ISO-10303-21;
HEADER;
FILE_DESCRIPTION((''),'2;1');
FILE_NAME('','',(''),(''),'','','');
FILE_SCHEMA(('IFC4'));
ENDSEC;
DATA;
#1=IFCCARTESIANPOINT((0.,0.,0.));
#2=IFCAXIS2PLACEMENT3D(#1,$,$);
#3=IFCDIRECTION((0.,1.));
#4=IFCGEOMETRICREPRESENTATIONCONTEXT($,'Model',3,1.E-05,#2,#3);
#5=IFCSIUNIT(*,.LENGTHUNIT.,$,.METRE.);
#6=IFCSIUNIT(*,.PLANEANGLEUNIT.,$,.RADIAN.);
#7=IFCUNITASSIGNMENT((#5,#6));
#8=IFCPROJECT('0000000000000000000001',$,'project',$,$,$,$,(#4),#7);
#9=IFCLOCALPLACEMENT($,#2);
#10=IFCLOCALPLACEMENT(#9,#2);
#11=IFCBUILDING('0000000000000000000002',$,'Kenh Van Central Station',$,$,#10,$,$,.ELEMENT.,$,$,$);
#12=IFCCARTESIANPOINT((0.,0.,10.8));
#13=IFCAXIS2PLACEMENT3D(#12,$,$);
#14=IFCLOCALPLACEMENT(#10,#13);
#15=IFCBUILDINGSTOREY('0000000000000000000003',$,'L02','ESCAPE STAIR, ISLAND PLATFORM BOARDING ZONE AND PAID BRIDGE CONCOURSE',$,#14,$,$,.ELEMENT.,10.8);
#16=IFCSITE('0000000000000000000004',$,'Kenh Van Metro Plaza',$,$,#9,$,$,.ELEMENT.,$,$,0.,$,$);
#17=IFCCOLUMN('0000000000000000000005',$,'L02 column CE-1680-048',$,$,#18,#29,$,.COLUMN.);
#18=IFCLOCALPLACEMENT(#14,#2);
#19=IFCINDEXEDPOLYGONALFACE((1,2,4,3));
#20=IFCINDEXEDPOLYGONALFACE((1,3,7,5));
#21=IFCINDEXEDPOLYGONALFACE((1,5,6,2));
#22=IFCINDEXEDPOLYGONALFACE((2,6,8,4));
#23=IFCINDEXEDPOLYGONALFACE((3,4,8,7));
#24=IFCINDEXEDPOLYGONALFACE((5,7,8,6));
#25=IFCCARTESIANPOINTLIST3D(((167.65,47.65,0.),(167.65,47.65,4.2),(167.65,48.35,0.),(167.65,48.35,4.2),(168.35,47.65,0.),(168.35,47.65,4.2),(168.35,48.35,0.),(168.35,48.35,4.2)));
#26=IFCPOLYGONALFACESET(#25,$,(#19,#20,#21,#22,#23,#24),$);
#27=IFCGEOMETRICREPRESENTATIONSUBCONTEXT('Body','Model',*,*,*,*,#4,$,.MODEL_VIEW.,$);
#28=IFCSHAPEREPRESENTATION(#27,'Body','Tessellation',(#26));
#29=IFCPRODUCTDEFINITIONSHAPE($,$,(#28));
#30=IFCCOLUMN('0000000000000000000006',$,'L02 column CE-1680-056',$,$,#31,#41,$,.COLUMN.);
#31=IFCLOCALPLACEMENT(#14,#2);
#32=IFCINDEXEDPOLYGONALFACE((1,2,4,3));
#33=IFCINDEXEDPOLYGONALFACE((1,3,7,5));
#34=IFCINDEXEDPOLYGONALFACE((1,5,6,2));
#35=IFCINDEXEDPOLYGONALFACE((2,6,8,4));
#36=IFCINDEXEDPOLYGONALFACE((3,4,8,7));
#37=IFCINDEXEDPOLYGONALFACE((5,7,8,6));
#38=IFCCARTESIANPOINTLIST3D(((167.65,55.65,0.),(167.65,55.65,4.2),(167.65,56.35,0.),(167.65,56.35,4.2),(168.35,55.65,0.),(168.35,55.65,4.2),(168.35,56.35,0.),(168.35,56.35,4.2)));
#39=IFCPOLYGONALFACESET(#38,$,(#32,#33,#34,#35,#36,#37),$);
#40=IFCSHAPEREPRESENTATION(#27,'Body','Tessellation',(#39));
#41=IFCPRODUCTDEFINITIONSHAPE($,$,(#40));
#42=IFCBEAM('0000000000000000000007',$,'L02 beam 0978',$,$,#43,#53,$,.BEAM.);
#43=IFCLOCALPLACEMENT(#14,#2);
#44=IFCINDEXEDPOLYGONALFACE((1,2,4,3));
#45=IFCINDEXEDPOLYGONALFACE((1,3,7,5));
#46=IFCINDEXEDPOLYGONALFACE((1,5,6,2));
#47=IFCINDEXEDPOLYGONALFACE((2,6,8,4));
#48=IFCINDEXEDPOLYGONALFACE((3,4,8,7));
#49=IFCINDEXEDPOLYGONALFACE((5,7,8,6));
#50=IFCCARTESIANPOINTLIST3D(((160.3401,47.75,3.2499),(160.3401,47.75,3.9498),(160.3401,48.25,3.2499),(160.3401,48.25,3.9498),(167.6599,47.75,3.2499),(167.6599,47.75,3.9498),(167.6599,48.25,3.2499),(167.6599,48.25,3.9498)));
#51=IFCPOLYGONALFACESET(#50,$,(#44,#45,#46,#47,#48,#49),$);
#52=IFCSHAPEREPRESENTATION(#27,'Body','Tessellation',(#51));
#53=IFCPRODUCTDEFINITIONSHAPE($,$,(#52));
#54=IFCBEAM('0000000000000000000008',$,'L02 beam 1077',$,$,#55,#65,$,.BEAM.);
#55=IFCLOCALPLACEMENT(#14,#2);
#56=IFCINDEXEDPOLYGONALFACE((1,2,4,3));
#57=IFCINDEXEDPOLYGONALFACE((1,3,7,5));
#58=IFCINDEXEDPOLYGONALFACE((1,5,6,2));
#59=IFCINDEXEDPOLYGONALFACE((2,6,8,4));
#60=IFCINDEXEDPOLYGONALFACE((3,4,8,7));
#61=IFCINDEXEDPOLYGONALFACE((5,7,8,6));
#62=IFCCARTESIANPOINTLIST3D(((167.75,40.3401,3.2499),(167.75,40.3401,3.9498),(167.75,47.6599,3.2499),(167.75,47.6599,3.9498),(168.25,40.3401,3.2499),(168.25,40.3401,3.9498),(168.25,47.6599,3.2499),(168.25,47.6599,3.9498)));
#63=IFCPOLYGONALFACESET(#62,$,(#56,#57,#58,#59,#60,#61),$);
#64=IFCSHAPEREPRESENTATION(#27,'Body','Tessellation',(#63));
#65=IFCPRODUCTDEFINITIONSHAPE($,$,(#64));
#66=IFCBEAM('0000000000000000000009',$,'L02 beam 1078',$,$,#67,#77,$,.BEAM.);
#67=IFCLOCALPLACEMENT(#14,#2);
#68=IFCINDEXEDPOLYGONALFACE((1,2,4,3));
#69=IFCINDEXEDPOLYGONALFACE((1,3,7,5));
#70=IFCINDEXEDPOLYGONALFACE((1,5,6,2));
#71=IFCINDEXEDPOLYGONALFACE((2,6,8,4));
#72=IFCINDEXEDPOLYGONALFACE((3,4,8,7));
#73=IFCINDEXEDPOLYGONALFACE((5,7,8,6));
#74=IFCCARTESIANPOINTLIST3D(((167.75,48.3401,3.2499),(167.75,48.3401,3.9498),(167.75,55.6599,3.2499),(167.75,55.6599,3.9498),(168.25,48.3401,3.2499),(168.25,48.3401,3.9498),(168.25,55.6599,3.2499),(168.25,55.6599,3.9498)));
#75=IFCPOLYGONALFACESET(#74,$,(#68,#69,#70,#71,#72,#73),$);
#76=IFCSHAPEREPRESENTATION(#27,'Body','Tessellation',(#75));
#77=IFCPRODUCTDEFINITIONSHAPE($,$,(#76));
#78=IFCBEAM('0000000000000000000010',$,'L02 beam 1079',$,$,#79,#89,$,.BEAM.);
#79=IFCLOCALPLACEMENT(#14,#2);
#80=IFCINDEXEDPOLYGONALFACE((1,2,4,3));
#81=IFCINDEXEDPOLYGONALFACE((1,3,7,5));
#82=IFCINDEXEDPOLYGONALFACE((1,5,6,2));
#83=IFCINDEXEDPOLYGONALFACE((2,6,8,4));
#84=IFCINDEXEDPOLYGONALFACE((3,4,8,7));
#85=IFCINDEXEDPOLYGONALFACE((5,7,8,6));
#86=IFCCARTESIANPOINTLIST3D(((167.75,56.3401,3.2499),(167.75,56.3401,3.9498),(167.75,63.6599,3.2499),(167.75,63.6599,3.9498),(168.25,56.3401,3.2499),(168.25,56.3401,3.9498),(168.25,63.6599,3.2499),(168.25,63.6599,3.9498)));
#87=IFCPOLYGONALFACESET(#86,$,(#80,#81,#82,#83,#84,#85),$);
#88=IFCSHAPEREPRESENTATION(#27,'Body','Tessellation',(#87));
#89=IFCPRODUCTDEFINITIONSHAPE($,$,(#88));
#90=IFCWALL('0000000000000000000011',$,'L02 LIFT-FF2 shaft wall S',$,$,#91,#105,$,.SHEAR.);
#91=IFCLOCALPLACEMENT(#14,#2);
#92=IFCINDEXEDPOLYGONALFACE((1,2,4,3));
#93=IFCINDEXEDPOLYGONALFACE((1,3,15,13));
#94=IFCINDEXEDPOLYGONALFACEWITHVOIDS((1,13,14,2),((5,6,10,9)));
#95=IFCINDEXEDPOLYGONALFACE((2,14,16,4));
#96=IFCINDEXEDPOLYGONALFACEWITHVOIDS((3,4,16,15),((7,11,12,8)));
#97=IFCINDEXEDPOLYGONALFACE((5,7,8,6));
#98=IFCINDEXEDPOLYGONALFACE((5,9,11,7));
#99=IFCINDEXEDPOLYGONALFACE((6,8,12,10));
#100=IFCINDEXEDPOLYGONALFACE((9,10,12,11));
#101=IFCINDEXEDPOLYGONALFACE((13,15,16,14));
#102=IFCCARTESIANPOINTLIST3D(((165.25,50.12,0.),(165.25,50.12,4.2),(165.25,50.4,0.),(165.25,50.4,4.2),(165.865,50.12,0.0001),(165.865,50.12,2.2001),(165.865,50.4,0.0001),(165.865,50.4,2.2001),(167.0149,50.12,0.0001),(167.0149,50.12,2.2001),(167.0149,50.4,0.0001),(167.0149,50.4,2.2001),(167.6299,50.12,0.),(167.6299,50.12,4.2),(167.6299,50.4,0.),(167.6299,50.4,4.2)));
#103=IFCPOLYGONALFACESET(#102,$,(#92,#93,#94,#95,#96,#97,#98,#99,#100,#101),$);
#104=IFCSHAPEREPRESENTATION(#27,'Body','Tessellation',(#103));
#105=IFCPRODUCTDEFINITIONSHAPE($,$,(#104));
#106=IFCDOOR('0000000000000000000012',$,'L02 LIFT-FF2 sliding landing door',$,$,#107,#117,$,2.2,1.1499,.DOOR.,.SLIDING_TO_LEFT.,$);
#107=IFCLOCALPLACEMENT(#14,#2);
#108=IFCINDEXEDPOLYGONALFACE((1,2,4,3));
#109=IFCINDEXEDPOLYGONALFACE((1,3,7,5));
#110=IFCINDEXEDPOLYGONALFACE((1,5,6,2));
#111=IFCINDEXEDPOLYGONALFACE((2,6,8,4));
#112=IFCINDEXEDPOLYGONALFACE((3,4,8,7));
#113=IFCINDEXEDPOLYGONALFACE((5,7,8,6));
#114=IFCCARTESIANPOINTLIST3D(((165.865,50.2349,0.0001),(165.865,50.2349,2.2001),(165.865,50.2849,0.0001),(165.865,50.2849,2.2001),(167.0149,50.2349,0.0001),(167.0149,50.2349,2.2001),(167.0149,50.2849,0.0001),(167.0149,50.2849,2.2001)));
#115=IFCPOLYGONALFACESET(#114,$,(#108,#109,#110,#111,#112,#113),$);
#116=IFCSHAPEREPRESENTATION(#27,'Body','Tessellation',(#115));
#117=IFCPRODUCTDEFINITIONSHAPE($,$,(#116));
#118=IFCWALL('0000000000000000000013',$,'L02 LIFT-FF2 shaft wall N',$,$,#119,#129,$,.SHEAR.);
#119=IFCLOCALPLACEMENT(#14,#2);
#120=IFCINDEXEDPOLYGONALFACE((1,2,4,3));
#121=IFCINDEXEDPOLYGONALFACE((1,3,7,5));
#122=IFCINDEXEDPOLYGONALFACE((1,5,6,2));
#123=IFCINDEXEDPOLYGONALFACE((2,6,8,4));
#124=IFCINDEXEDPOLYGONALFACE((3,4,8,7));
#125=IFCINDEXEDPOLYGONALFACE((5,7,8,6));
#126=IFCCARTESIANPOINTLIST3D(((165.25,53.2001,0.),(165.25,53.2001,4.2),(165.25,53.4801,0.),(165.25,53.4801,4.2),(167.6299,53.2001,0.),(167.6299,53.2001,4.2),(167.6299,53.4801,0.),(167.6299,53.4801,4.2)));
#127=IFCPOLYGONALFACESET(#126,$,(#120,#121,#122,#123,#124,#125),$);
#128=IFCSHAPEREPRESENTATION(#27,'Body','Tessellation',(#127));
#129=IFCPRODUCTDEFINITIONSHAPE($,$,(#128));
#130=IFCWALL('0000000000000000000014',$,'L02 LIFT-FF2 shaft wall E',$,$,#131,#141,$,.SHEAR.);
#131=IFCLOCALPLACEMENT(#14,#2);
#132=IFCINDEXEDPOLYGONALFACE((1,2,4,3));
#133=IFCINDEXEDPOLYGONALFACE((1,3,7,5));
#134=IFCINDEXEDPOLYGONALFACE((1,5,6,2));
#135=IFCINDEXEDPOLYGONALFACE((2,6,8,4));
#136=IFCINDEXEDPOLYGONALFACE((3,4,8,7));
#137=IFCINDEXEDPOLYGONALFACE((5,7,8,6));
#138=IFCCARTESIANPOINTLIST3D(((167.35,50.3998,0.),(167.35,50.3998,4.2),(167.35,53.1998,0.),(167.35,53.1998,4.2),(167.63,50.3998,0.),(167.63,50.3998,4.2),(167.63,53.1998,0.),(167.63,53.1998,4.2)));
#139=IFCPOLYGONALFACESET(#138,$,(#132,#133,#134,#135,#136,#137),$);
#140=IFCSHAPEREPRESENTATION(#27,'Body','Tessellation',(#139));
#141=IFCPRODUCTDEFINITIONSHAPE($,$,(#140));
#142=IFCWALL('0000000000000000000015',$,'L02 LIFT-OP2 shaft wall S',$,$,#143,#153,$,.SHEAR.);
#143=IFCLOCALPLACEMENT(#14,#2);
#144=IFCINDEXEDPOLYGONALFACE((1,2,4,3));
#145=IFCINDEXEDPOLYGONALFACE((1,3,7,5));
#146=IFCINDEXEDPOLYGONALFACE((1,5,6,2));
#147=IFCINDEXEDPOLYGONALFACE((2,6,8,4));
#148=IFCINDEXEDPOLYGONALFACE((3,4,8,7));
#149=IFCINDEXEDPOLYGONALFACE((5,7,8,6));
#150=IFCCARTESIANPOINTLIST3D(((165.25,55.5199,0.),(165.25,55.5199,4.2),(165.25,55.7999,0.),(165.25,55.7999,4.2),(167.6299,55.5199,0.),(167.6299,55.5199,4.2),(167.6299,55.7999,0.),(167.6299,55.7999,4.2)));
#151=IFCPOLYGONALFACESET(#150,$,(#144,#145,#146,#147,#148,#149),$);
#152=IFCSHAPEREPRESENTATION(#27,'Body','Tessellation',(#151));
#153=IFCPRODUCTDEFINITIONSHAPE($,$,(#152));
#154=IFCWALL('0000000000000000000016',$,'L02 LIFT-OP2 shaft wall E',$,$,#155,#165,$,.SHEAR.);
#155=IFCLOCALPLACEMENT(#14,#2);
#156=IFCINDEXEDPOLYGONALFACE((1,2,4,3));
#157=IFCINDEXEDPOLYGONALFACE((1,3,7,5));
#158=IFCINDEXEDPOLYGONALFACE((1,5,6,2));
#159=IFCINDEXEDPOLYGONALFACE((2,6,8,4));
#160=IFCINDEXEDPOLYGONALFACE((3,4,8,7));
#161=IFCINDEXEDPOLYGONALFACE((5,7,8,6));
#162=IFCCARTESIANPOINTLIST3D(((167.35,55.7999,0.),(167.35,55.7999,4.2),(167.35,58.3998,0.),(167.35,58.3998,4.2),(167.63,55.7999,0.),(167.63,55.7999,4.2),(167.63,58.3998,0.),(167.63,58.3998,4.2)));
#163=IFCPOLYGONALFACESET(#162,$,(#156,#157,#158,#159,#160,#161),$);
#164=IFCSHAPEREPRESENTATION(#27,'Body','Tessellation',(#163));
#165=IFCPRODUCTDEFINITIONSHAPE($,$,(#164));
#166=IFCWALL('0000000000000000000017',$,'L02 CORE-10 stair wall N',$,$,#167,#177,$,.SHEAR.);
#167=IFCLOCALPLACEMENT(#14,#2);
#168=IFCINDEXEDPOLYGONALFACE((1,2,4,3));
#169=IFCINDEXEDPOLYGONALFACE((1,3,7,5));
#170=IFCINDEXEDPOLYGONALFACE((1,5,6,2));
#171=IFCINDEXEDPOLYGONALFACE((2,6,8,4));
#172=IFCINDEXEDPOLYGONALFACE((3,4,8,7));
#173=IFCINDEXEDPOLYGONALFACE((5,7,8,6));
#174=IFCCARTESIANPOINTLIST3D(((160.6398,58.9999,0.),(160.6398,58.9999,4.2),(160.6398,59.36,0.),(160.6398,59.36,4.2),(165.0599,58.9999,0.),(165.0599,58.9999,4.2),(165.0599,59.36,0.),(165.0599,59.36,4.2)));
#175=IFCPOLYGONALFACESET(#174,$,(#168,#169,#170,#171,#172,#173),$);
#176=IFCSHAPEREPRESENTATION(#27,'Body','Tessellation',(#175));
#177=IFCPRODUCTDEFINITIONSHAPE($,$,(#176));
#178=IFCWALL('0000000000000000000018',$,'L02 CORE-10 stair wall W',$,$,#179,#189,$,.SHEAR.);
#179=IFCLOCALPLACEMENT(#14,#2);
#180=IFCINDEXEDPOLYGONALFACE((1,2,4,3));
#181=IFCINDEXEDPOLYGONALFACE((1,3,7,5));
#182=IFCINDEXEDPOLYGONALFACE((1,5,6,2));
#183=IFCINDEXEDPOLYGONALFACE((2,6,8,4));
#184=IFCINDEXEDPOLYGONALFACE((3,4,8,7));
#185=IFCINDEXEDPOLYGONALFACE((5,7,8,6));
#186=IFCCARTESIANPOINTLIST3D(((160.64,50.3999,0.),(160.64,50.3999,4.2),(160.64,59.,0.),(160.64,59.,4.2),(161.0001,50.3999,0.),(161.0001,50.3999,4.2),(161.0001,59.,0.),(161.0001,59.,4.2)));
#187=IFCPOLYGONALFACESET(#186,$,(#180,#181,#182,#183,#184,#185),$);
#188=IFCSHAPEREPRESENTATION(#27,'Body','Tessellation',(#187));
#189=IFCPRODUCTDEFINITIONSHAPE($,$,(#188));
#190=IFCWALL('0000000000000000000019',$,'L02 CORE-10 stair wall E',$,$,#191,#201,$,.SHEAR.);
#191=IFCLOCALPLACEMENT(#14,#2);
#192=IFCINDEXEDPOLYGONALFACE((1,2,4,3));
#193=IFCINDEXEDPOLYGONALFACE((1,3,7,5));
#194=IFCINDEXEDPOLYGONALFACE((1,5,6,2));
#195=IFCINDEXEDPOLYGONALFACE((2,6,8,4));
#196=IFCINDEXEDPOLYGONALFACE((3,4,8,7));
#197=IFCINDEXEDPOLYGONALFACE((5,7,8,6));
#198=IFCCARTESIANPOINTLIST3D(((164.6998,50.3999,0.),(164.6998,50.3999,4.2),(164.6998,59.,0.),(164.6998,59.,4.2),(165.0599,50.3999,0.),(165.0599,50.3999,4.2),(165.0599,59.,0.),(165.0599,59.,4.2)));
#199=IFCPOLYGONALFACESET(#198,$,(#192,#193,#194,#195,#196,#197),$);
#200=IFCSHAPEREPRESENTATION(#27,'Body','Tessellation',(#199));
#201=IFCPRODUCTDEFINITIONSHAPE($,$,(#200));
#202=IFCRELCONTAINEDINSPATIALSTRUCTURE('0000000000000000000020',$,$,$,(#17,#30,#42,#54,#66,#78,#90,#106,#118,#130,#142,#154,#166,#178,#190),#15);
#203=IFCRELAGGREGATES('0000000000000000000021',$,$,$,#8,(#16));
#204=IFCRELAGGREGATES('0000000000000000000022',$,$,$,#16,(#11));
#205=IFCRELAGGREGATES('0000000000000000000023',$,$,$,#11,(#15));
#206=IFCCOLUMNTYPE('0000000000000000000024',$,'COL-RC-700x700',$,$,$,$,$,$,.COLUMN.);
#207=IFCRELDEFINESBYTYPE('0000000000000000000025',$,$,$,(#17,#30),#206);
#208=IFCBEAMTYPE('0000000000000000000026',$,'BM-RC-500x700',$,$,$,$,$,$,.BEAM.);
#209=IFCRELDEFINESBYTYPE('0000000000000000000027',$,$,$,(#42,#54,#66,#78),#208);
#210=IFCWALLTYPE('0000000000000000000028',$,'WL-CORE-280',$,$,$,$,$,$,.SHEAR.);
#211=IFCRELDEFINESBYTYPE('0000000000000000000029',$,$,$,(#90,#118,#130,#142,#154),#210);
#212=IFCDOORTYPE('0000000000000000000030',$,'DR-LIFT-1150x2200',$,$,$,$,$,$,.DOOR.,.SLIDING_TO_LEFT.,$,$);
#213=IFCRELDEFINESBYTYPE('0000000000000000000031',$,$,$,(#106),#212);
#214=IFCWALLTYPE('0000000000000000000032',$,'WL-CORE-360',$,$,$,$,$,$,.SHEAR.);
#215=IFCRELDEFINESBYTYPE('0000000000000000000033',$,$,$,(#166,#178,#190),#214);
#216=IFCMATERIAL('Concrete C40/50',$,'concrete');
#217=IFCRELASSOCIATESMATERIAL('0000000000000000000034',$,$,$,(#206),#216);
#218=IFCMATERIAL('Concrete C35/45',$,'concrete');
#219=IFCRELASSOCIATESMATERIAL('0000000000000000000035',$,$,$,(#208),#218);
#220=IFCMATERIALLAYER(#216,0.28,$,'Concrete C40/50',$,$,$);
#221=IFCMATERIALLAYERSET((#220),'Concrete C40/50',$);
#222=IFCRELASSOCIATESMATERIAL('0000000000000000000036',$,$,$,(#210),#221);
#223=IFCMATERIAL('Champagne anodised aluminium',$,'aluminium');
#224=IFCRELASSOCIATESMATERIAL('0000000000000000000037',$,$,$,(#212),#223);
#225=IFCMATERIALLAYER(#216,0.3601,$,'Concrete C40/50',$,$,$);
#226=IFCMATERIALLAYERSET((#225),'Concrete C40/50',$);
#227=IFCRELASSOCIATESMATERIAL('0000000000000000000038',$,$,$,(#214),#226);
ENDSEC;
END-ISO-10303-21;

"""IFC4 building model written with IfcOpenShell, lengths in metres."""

from ifc_helpers import new_model, si_unit, direction, frame, frame_2d, origin, origin_2d, place, context, subcontext, project, spatial, rectangle, extrude, material, layer, layer_set, material_profile, profile_set, type_object, element, fill, save


model = new_model("IFC4")

# Units and contexts
model_context = context("Model", 3, precision=1e-05, world=origin(), true_north=direction((0.0, 1.0)))
body_context = subcontext(model_context, "Body", "Model", "MODEL_VIEW")
ifc_project = project(units=[si_unit("LENGTHUNIT", "METRE"), si_unit("PLANEANGLEUNIT", "RADIAN")], contexts=[model_context])

# Site, building, storey
site_placement = place(None, origin())
site = spatial("IfcSite", under=ifc_project, at=site_placement, Name="Kenh Van Metro Plaza", CompositionType="ELEMENT", RefElevation=0.0)
building_placement = place(site_placement, origin())
building = spatial("IfcBuilding", under=site, at=building_placement, Name="Kenh Van Central Station", CompositionType="ELEMENT")
storey_placement = place(building_placement, frame((0.0, 0.0, 10.8)))
storey = spatial("IfcBuildingStorey", under=building, at=storey_placement, Name="L02", Description="ESCAPE STAIR, ISLAND PLATFORM BOARDING ZONE AND PAID BRIDGE CONCOURSE", CompositionType="ELEMENT", Elevation=10.8)

# Columns
ifc_material_1 = material(Name="Concrete C40/50", Category="concrete")
ifc_material_profile_1 = material_profile(ifc_material_1, rectangle(XDim=0.7, YDim=0.7, at=origin_2d()), Name="RC 700x700")
ifc_profile_set_1 = profile_set([ifc_material_profile_1], Name="Concrete C40/50")
column_type = type_object("IfcColumnType", Name="COL-RC-700x700", PredefinedType="COLUMN", material=ifc_profile_set_1)
for number, where, z_axis, x_axis, name in (
    (1, (168.0, 48.0, 0.0), (0.0, 0.0, 1.0), (1.0, 0.0, 0.0), "L02 column CE-1680-048"),
    (2, (168.0, 56.0, 0.0), (0.0, 0.0, 1.0), (1.0, 0.0, 0.0), "L02 column CE-1680-056"),
):
    element("IfcColumn", number, at=place(storey_placement, frame(where, z_axis=z_axis, x_axis=x_axis)), inside=storey, type_object=column_type, Name=name, PredefinedType="COLUMN", context=body_context, shape_type="SweptSolid", body=[
        extrude(rectangle(XDim=0.7, YDim=0.7, at=origin_2d()), origin(), (0.0, 0.0, 1.0), 4.2),
    ])

# Beams
ifc_material_2 = material(Name="Concrete C35/45", Category="concrete")
ifc_material_profile_2 = material_profile(ifc_material_2, rectangle(XDim=0.5, YDim=0.7, at=origin_2d()), Name="RC 500x700")
ifc_profile_set_2 = profile_set([ifc_material_profile_2], Name="Concrete C35/45")
beam_type = type_object("IfcBeamType", Name="BM-RC-500x700", PredefinedType="BEAM", material=ifc_profile_set_2)
for number, where, z_axis, x_axis, name in (
    (3, (160.3401, 48.0, 3.5999), (1.0, 0.0, 0.0), (0.0, 1.0, 0.0), "L02 beam 0978"),
    (4, (168.0, 40.3401, 3.5999), (0.0, 1.0, 0.0), (-1.0, 0.0, 0.0), "L02 beam 1077"),
    (5, (168.0, 48.3401, 3.5999), (0.0, 1.0, 0.0), (-1.0, 0.0, 0.0), "L02 beam 1078"),
    (6, (168.0, 56.3401, 3.5999), (0.0, 1.0, 0.0), (-1.0, 0.0, 0.0), "L02 beam 1079"),
):
    element("IfcBeam", number, at=place(storey_placement, frame(where, z_axis=z_axis, x_axis=x_axis)), inside=storey, type_object=beam_type, Name=name, PredefinedType="BEAM", context=body_context, shape_type="SweptSolid", body=[
        extrude(rectangle(XDim=0.5, YDim=0.7, at=origin_2d()), origin(), (0.0, 0.0, 1.0), 7.3198),
    ])

# Wall, opening, door
ifc_layer_1 = layer(ifc_material_1, 0.28, Name="Concrete C40/50")
ifc_layer_set_1 = layer_set([ifc_layer_1], Name="Concrete C40/50")
wall_type_1 = type_object("IfcWallType", Name="WL-CORE-280", PredefinedType="SHEAR", material=ifc_layer_set_1)
wall_1_placement = place(storey_placement, frame((165.25, 50.26, 0.0), z_axis=(0.0, 0.0, 1.0), x_axis=(1.0, 0.0, 0.0)))
wall_1 = element("IfcWall", 7, at=wall_1_placement, inside=storey, type_object=wall_type_1, Name="L02 LIFT-FF2 shaft wall S", PredefinedType="SHEAR", context=body_context, shape_type="SweptSolid", body=[
    extrude(rectangle(XDim=2.3799, YDim=0.28, at=frame_2d((1.1899, 0.0))), origin(), (0.0, 0.0, 1.0), 4.2),
])
opening_1_placement = place(wall_1_placement, frame((0.615, 0.0, 0.0)))
opening_1 = element("IfcOpeningElement", 8, at=opening_1_placement, cuts=wall_1, PredefinedType="OPENING", context=body_context, shape_type="SweptSolid", body=[
    extrude(rectangle(XDim=1.1499, YDim=2.2, at=frame_2d((0.575, 1.1001))), frame((0.0, 0.1499, 0.0), z_axis=(0.0, -1.0, 0.0), x_axis=(1.0, 0.0, 0.0)), (0.0, 0.0, 1.0), 0.3),
])
ifc_material_3 = material(Name="Champagne anodised aluminium", Category="aluminium")
door_type_1 = type_object("IfcDoorType", Name="DR-LIFT-1150x2200", OperationType="SLIDING_TO_LEFT", PredefinedType="DOOR", material=ifc_material_3)
door_1_placement = place(opening_1_placement, origin())
door_1 = element("IfcDoor", 9, at=door_1_placement, inside=storey, type_object=door_type_1, Name="L02 LIFT-FF2 sliding landing door", OperationType="SLIDING_TO_LEFT", OverallHeight=2.2, OverallWidth=1.1499, PredefinedType="DOOR", context=body_context, shape_type="SweptSolid", body=[
    extrude(rectangle(XDim=1.1499, YDim=2.2, at=frame_2d((0.575, 1.1001))), frame((0.0, 0.0249, 0.0), z_axis=(0.0, -1.0, 0.0), x_axis=(1.0, 0.0, 0.0)), (0.0, 0.0, 1.0), 0.05),
])
fill(opening_1, door_1)

# Walls
wall_2_placement = place(storey_placement, frame((165.25, 53.3401, 0.0), z_axis=(0.0, 0.0, 1.0), x_axis=(1.0, 0.0, 0.0)))
element("IfcWall", 10, at=wall_2_placement, inside=storey, type_object=wall_type_1, Name="L02 LIFT-FF2 shaft wall N", PredefinedType="SHEAR", context=body_context, shape_type="SweptSolid", body=[
    extrude(rectangle(XDim=2.3799, YDim=0.28, at=frame_2d((1.1899, 0.0))), origin(), (0.0, 0.0, 1.0), 4.2),
])
wall_3_placement = place(storey_placement, frame((167.49, 50.3999, 0.0), z_axis=(0.0, 0.0, 1.0), x_axis=(0.0, 1.0, 0.0)))
element("IfcWall", 11, at=wall_3_placement, inside=storey, type_object=wall_type_1, Name="L02 LIFT-FF2 shaft wall E", PredefinedType="SHEAR", context=body_context, shape_type="SweptSolid", body=[
    extrude(rectangle(XDim=2.8, YDim=0.28, at=frame_2d((1.3999, 0.0))), origin(), (0.0, 0.0, 1.0), 4.2),
])
wall_4_placement = place(storey_placement, frame((165.25, 55.6599, 0.0), z_axis=(0.0, 0.0, 1.0), x_axis=(1.0, 0.0, 0.0)))
element("IfcWall", 12, at=wall_4_placement, inside=storey, type_object=wall_type_1, Name="L02 LIFT-OP2 shaft wall S", PredefinedType="SHEAR", context=body_context, shape_type="SweptSolid", body=[
    extrude(rectangle(XDim=2.3799, YDim=0.28, at=frame_2d((1.1899, 0.0))), origin(), (0.0, 0.0, 1.0), 4.2),
])

# Wall
wall_5_placement = place(storey_placement, frame((167.49, 55.8, 0.0), z_axis=(0.0, 0.0, 1.0), x_axis=(0.0, 1.0, 0.0)))
element("IfcWall", 13, at=wall_5_placement, inside=storey, type_object=wall_type_1, Name="L02 LIFT-OP2 shaft wall E", PredefinedType="SHEAR", context=body_context, shape_type="SweptSolid", body=[
    extrude(rectangle(XDim=2.5999, YDim=0.28, at=frame_2d((1.2998, 0.0))), origin(), (0.0, 0.0, 1.0), 4.2),
])

# Shared definitions
ifc_layer_2 = layer(ifc_material_1, 0.3601, Name="Concrete C40/50")
ifc_layer_set_2 = layer_set([ifc_layer_2], Name="Concrete C40/50")
wall_type_2 = type_object("IfcWallType", Name="WL-CORE-360", PredefinedType="SHEAR", material=ifc_layer_set_2)

# Walls
wall_6_placement = place(storey_placement, frame((160.6399, 59.1799, 0.0), z_axis=(0.0, 0.0, 1.0), x_axis=(1.0, 0.0, 0.0)))
element("IfcWall", 14, at=wall_6_placement, inside=storey, type_object=wall_type_2, Name="L02 CORE-10 stair wall N", PredefinedType="SHEAR", context=body_context, shape_type="SweptSolid", body=[
    extrude(rectangle(XDim=4.4202, YDim=0.3601, at=frame_2d((2.21, 0.0))), origin(), (0.0, 0.0, 1.0), 4.2),
])
for number, where, z_axis, x_axis, name in (
    (15, (160.8201, 50.3999, 0.0), (0.0, 0.0, 1.0), (0.0, 1.0, 0.0), "L02 CORE-10 stair wall W"),
    (16, (164.8799, 50.3999, 0.0), (0.0, 0.0, 1.0), (0.0, 1.0, 0.0), "L02 CORE-10 stair wall E"),
):
    element("IfcWall", number, at=place(storey_placement, frame(where, z_axis=z_axis, x_axis=x_axis)), inside=storey, type_object=wall_type_2, Name=name, PredefinedType="SHEAR", context=body_context, shape_type="SweptSolid", body=[
        extrude(rectangle(XDim=8.6001, YDim=0.3601, at=frame_2d((4.3, 0.0))), origin(), (0.0, 0.0, 1.0), 4.2),
    ])

save(model, "model.ifc")
